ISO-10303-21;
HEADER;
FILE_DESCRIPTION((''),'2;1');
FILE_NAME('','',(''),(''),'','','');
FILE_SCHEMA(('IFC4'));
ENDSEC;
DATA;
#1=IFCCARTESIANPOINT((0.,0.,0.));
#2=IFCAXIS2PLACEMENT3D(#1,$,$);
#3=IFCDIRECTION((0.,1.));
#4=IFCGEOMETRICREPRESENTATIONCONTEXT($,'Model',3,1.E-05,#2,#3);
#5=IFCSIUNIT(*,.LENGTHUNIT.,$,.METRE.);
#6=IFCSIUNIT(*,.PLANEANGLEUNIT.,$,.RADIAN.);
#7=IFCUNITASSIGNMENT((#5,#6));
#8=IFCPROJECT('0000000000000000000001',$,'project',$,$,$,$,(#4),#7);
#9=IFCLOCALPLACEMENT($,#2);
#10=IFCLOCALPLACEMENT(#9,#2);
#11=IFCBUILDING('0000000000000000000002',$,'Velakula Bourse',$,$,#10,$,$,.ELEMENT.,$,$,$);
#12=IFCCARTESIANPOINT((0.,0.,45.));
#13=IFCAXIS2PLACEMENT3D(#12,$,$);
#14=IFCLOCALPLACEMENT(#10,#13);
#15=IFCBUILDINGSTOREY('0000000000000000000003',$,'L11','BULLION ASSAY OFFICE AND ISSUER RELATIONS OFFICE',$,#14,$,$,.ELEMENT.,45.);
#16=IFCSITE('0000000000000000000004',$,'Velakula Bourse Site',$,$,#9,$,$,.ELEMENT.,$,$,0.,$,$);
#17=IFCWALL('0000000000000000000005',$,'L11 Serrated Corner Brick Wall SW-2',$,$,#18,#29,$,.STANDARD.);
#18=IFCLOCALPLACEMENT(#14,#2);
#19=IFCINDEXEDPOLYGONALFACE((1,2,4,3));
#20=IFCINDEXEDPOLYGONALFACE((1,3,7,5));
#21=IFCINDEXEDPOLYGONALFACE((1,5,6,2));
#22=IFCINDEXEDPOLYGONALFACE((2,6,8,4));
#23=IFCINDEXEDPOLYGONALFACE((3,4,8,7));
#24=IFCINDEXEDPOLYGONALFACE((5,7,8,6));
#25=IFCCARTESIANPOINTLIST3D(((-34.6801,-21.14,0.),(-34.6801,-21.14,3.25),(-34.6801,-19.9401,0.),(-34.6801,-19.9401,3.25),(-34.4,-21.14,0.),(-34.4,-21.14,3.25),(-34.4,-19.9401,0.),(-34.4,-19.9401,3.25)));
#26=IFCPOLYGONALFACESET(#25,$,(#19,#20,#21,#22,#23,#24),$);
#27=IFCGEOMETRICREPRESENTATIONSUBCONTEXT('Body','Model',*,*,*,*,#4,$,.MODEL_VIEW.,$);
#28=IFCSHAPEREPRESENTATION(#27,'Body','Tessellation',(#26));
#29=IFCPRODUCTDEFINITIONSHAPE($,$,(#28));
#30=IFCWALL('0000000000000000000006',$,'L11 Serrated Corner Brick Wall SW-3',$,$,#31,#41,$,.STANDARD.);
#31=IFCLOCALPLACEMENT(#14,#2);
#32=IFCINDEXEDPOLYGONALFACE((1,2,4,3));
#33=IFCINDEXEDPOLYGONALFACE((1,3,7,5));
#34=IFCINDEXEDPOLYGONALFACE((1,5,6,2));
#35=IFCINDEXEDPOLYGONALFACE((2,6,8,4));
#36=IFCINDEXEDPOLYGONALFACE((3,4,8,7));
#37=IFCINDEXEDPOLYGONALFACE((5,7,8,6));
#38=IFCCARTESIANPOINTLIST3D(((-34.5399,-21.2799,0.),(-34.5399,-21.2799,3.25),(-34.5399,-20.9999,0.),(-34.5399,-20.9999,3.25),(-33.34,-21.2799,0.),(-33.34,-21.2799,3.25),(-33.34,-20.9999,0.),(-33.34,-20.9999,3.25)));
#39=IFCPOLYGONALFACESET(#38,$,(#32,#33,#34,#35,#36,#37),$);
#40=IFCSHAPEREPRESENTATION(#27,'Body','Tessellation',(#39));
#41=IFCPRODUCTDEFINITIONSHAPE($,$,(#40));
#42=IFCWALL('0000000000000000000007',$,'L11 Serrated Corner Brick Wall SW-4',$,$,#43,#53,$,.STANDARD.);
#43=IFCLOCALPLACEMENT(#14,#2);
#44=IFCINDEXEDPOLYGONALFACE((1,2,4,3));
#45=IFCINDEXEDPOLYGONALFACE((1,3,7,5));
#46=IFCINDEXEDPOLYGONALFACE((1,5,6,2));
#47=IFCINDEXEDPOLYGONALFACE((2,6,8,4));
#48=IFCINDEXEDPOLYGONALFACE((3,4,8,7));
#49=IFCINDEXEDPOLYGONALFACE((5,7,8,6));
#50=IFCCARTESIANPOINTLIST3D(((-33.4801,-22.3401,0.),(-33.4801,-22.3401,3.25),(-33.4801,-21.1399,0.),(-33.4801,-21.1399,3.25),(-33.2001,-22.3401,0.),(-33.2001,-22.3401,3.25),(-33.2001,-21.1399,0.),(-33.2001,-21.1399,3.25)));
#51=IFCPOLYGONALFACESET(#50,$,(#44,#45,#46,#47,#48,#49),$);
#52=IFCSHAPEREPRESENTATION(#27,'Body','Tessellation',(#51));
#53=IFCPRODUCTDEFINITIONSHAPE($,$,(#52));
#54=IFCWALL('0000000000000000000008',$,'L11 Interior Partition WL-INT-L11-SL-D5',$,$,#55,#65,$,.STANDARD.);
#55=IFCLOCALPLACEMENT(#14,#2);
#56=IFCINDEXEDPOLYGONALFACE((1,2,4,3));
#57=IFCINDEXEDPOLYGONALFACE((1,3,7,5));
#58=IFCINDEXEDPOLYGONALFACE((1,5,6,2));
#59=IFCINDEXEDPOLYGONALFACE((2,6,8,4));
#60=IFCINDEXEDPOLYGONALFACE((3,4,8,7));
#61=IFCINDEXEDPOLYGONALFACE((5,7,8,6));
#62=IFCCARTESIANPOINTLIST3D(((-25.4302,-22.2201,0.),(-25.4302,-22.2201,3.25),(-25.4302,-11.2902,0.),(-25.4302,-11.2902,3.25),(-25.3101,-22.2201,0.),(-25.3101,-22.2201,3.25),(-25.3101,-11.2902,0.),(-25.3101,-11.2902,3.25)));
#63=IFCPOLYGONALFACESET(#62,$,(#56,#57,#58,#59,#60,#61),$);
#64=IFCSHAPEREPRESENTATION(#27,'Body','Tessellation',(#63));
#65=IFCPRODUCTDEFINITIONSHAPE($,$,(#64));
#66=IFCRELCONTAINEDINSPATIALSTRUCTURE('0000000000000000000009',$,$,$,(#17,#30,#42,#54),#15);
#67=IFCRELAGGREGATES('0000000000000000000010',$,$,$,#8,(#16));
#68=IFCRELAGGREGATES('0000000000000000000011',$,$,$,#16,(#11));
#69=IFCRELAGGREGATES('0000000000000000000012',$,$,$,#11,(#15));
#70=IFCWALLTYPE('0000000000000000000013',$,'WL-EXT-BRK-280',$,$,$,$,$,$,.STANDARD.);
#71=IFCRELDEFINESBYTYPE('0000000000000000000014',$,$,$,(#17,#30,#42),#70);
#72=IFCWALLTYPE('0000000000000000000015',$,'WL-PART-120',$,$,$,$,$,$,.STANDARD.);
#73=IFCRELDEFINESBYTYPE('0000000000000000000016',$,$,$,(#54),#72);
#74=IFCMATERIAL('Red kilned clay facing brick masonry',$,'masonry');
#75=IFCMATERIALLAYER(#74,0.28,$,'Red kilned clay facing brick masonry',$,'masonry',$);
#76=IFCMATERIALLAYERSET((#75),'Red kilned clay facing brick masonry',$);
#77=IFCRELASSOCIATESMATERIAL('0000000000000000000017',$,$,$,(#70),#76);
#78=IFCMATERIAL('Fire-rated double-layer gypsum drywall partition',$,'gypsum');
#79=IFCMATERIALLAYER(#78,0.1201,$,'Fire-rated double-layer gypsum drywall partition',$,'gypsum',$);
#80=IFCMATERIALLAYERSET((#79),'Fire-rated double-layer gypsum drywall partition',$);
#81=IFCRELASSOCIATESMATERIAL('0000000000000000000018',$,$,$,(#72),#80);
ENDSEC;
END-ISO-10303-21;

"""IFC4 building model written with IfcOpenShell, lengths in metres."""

from ifc_helpers import new_model, si_unit, direction, frame, frame_2d, origin, place, context, subcontext, project, spatial, rectangle, extrude, material, layer, layer_set, type_object, element, save


model = new_model("IFC4")

# Units and contexts
model_context = context("Model", 3, precision=1e-05, world=origin(), true_north=direction((0.0, 1.0)))
body_context = subcontext(model_context, "Body", "Model", "MODEL_VIEW")
ifc_project = project(units=[si_unit("LENGTHUNIT", "METRE"), si_unit("PLANEANGLEUNIT", "RADIAN")], contexts=[model_context])

# Site, building, storey
site_placement = place(None, origin())
site = spatial("IfcSite", under=ifc_project, at=site_placement, Name="Velakula Bourse Site", CompositionType="ELEMENT", RefElevation=0.0)
building_placement = place(site_placement, origin())
building = spatial("IfcBuilding", under=site, at=building_placement, Name="Velakula Bourse", CompositionType="ELEMENT")
storey_placement = place(building_placement, frame((0.0, 0.0, 45.0)))
storey = spatial("IfcBuildingStorey", under=building, at=storey_placement, Name="L11", Description="BULLION ASSAY OFFICE AND ISSUER RELATIONS OFFICE", CompositionType="ELEMENT", Elevation=45.0)

# Shared definitions
ifc_material_1 = material(Name="Red kilned clay facing brick masonry", Category="masonry")
ifc_layer_1 = layer(ifc_material_1, 0.28, Name="Red kilned clay facing brick masonry", Category="masonry")
ifc_layer_set_1 = layer_set([ifc_layer_1], Name="Red kilned clay facing brick masonry")
wall_type_1 = type_object("IfcWallType", Name="WL-EXT-BRK-280", PredefinedType="STANDARD", material=ifc_layer_set_1)

# Walls
for number, where, z_axis, x_axis, name in (
    (1, (-34.54, -19.9399, 0.0), (0.0, 0.0, 1.0), (0.0, -1.0, 0.0), "L11 Serrated Corner Brick Wall SW-2"),
    (2, (-34.54, -21.1399, 0.0), (0.0, 0.0, 1.0), (1.0, 0.0, 0.0), "L11 Serrated Corner Brick Wall SW-3"),
):
    element("IfcWall", number, at=place(storey_placement, frame(where, z_axis=z_axis, x_axis=x_axis)), inside=storey, type_object=wall_type_1, Name=name, PredefinedType="STANDARD", context=body_context, shape_type="SweptSolid", body=[
        extrude(rectangle(XDim=1.2, YDim=0.28, at=frame_2d((0.6001, 0.0))), origin(), (0.0, 0.0, 1.0), 3.25),
    ])
wall_1_placement = place(storey_placement, frame((-33.3401, -21.1399, 0.0), z_axis=(0.0, 0.0, 1.0), x_axis=(0.0, -1.0, 0.0)))
element("IfcWall", 3, at=wall_1_placement, inside=storey, type_object=wall_type_1, Name="L11 Serrated Corner Brick Wall SW-4", PredefinedType="STANDARD", context=body_context, shape_type="SweptSolid", body=[
    extrude(rectangle(XDim=1.2002, YDim=0.28, at=frame_2d((0.6001, 0.0))), origin(), (0.0, 0.0, 1.0), 3.25),
])
ifc_material_2 = material(Name="Fire-rated double-layer gypsum drywall partition", Category="gypsum")
ifc_layer_2 = layer(ifc_material_2, 0.1201, Name="Fire-rated double-layer gypsum drywall partition", Category="gypsum")
ifc_layer_set_2 = layer_set([ifc_layer_2], Name="Fire-rated double-layer gypsum drywall partition")
wall_type_2 = type_object("IfcWallType", Name="WL-PART-120", PredefinedType="STANDARD", material=ifc_layer_set_2)
wall_2_placement = place(storey_placement, frame((-25.3701, -22.22, 0.0), z_axis=(0.0, 0.0, 1.0), x_axis=(0.0, 1.0, 0.0)))
element("IfcWall", 4, at=wall_2_placement, inside=storey, type_object=wall_type_2, Name="L11 Interior Partition WL-INT-L11-SL-D5", PredefinedType="STANDARD", context=body_context, shape_type="SweptSolid", body=[
    extrude(rectangle(XDim=10.9299, YDim=0.1201, at=frame_2d((5.4648, 0.0))), origin(), (0.0, 0.0, 1.0), 3.25),
])

save(model, "model.ifc")
